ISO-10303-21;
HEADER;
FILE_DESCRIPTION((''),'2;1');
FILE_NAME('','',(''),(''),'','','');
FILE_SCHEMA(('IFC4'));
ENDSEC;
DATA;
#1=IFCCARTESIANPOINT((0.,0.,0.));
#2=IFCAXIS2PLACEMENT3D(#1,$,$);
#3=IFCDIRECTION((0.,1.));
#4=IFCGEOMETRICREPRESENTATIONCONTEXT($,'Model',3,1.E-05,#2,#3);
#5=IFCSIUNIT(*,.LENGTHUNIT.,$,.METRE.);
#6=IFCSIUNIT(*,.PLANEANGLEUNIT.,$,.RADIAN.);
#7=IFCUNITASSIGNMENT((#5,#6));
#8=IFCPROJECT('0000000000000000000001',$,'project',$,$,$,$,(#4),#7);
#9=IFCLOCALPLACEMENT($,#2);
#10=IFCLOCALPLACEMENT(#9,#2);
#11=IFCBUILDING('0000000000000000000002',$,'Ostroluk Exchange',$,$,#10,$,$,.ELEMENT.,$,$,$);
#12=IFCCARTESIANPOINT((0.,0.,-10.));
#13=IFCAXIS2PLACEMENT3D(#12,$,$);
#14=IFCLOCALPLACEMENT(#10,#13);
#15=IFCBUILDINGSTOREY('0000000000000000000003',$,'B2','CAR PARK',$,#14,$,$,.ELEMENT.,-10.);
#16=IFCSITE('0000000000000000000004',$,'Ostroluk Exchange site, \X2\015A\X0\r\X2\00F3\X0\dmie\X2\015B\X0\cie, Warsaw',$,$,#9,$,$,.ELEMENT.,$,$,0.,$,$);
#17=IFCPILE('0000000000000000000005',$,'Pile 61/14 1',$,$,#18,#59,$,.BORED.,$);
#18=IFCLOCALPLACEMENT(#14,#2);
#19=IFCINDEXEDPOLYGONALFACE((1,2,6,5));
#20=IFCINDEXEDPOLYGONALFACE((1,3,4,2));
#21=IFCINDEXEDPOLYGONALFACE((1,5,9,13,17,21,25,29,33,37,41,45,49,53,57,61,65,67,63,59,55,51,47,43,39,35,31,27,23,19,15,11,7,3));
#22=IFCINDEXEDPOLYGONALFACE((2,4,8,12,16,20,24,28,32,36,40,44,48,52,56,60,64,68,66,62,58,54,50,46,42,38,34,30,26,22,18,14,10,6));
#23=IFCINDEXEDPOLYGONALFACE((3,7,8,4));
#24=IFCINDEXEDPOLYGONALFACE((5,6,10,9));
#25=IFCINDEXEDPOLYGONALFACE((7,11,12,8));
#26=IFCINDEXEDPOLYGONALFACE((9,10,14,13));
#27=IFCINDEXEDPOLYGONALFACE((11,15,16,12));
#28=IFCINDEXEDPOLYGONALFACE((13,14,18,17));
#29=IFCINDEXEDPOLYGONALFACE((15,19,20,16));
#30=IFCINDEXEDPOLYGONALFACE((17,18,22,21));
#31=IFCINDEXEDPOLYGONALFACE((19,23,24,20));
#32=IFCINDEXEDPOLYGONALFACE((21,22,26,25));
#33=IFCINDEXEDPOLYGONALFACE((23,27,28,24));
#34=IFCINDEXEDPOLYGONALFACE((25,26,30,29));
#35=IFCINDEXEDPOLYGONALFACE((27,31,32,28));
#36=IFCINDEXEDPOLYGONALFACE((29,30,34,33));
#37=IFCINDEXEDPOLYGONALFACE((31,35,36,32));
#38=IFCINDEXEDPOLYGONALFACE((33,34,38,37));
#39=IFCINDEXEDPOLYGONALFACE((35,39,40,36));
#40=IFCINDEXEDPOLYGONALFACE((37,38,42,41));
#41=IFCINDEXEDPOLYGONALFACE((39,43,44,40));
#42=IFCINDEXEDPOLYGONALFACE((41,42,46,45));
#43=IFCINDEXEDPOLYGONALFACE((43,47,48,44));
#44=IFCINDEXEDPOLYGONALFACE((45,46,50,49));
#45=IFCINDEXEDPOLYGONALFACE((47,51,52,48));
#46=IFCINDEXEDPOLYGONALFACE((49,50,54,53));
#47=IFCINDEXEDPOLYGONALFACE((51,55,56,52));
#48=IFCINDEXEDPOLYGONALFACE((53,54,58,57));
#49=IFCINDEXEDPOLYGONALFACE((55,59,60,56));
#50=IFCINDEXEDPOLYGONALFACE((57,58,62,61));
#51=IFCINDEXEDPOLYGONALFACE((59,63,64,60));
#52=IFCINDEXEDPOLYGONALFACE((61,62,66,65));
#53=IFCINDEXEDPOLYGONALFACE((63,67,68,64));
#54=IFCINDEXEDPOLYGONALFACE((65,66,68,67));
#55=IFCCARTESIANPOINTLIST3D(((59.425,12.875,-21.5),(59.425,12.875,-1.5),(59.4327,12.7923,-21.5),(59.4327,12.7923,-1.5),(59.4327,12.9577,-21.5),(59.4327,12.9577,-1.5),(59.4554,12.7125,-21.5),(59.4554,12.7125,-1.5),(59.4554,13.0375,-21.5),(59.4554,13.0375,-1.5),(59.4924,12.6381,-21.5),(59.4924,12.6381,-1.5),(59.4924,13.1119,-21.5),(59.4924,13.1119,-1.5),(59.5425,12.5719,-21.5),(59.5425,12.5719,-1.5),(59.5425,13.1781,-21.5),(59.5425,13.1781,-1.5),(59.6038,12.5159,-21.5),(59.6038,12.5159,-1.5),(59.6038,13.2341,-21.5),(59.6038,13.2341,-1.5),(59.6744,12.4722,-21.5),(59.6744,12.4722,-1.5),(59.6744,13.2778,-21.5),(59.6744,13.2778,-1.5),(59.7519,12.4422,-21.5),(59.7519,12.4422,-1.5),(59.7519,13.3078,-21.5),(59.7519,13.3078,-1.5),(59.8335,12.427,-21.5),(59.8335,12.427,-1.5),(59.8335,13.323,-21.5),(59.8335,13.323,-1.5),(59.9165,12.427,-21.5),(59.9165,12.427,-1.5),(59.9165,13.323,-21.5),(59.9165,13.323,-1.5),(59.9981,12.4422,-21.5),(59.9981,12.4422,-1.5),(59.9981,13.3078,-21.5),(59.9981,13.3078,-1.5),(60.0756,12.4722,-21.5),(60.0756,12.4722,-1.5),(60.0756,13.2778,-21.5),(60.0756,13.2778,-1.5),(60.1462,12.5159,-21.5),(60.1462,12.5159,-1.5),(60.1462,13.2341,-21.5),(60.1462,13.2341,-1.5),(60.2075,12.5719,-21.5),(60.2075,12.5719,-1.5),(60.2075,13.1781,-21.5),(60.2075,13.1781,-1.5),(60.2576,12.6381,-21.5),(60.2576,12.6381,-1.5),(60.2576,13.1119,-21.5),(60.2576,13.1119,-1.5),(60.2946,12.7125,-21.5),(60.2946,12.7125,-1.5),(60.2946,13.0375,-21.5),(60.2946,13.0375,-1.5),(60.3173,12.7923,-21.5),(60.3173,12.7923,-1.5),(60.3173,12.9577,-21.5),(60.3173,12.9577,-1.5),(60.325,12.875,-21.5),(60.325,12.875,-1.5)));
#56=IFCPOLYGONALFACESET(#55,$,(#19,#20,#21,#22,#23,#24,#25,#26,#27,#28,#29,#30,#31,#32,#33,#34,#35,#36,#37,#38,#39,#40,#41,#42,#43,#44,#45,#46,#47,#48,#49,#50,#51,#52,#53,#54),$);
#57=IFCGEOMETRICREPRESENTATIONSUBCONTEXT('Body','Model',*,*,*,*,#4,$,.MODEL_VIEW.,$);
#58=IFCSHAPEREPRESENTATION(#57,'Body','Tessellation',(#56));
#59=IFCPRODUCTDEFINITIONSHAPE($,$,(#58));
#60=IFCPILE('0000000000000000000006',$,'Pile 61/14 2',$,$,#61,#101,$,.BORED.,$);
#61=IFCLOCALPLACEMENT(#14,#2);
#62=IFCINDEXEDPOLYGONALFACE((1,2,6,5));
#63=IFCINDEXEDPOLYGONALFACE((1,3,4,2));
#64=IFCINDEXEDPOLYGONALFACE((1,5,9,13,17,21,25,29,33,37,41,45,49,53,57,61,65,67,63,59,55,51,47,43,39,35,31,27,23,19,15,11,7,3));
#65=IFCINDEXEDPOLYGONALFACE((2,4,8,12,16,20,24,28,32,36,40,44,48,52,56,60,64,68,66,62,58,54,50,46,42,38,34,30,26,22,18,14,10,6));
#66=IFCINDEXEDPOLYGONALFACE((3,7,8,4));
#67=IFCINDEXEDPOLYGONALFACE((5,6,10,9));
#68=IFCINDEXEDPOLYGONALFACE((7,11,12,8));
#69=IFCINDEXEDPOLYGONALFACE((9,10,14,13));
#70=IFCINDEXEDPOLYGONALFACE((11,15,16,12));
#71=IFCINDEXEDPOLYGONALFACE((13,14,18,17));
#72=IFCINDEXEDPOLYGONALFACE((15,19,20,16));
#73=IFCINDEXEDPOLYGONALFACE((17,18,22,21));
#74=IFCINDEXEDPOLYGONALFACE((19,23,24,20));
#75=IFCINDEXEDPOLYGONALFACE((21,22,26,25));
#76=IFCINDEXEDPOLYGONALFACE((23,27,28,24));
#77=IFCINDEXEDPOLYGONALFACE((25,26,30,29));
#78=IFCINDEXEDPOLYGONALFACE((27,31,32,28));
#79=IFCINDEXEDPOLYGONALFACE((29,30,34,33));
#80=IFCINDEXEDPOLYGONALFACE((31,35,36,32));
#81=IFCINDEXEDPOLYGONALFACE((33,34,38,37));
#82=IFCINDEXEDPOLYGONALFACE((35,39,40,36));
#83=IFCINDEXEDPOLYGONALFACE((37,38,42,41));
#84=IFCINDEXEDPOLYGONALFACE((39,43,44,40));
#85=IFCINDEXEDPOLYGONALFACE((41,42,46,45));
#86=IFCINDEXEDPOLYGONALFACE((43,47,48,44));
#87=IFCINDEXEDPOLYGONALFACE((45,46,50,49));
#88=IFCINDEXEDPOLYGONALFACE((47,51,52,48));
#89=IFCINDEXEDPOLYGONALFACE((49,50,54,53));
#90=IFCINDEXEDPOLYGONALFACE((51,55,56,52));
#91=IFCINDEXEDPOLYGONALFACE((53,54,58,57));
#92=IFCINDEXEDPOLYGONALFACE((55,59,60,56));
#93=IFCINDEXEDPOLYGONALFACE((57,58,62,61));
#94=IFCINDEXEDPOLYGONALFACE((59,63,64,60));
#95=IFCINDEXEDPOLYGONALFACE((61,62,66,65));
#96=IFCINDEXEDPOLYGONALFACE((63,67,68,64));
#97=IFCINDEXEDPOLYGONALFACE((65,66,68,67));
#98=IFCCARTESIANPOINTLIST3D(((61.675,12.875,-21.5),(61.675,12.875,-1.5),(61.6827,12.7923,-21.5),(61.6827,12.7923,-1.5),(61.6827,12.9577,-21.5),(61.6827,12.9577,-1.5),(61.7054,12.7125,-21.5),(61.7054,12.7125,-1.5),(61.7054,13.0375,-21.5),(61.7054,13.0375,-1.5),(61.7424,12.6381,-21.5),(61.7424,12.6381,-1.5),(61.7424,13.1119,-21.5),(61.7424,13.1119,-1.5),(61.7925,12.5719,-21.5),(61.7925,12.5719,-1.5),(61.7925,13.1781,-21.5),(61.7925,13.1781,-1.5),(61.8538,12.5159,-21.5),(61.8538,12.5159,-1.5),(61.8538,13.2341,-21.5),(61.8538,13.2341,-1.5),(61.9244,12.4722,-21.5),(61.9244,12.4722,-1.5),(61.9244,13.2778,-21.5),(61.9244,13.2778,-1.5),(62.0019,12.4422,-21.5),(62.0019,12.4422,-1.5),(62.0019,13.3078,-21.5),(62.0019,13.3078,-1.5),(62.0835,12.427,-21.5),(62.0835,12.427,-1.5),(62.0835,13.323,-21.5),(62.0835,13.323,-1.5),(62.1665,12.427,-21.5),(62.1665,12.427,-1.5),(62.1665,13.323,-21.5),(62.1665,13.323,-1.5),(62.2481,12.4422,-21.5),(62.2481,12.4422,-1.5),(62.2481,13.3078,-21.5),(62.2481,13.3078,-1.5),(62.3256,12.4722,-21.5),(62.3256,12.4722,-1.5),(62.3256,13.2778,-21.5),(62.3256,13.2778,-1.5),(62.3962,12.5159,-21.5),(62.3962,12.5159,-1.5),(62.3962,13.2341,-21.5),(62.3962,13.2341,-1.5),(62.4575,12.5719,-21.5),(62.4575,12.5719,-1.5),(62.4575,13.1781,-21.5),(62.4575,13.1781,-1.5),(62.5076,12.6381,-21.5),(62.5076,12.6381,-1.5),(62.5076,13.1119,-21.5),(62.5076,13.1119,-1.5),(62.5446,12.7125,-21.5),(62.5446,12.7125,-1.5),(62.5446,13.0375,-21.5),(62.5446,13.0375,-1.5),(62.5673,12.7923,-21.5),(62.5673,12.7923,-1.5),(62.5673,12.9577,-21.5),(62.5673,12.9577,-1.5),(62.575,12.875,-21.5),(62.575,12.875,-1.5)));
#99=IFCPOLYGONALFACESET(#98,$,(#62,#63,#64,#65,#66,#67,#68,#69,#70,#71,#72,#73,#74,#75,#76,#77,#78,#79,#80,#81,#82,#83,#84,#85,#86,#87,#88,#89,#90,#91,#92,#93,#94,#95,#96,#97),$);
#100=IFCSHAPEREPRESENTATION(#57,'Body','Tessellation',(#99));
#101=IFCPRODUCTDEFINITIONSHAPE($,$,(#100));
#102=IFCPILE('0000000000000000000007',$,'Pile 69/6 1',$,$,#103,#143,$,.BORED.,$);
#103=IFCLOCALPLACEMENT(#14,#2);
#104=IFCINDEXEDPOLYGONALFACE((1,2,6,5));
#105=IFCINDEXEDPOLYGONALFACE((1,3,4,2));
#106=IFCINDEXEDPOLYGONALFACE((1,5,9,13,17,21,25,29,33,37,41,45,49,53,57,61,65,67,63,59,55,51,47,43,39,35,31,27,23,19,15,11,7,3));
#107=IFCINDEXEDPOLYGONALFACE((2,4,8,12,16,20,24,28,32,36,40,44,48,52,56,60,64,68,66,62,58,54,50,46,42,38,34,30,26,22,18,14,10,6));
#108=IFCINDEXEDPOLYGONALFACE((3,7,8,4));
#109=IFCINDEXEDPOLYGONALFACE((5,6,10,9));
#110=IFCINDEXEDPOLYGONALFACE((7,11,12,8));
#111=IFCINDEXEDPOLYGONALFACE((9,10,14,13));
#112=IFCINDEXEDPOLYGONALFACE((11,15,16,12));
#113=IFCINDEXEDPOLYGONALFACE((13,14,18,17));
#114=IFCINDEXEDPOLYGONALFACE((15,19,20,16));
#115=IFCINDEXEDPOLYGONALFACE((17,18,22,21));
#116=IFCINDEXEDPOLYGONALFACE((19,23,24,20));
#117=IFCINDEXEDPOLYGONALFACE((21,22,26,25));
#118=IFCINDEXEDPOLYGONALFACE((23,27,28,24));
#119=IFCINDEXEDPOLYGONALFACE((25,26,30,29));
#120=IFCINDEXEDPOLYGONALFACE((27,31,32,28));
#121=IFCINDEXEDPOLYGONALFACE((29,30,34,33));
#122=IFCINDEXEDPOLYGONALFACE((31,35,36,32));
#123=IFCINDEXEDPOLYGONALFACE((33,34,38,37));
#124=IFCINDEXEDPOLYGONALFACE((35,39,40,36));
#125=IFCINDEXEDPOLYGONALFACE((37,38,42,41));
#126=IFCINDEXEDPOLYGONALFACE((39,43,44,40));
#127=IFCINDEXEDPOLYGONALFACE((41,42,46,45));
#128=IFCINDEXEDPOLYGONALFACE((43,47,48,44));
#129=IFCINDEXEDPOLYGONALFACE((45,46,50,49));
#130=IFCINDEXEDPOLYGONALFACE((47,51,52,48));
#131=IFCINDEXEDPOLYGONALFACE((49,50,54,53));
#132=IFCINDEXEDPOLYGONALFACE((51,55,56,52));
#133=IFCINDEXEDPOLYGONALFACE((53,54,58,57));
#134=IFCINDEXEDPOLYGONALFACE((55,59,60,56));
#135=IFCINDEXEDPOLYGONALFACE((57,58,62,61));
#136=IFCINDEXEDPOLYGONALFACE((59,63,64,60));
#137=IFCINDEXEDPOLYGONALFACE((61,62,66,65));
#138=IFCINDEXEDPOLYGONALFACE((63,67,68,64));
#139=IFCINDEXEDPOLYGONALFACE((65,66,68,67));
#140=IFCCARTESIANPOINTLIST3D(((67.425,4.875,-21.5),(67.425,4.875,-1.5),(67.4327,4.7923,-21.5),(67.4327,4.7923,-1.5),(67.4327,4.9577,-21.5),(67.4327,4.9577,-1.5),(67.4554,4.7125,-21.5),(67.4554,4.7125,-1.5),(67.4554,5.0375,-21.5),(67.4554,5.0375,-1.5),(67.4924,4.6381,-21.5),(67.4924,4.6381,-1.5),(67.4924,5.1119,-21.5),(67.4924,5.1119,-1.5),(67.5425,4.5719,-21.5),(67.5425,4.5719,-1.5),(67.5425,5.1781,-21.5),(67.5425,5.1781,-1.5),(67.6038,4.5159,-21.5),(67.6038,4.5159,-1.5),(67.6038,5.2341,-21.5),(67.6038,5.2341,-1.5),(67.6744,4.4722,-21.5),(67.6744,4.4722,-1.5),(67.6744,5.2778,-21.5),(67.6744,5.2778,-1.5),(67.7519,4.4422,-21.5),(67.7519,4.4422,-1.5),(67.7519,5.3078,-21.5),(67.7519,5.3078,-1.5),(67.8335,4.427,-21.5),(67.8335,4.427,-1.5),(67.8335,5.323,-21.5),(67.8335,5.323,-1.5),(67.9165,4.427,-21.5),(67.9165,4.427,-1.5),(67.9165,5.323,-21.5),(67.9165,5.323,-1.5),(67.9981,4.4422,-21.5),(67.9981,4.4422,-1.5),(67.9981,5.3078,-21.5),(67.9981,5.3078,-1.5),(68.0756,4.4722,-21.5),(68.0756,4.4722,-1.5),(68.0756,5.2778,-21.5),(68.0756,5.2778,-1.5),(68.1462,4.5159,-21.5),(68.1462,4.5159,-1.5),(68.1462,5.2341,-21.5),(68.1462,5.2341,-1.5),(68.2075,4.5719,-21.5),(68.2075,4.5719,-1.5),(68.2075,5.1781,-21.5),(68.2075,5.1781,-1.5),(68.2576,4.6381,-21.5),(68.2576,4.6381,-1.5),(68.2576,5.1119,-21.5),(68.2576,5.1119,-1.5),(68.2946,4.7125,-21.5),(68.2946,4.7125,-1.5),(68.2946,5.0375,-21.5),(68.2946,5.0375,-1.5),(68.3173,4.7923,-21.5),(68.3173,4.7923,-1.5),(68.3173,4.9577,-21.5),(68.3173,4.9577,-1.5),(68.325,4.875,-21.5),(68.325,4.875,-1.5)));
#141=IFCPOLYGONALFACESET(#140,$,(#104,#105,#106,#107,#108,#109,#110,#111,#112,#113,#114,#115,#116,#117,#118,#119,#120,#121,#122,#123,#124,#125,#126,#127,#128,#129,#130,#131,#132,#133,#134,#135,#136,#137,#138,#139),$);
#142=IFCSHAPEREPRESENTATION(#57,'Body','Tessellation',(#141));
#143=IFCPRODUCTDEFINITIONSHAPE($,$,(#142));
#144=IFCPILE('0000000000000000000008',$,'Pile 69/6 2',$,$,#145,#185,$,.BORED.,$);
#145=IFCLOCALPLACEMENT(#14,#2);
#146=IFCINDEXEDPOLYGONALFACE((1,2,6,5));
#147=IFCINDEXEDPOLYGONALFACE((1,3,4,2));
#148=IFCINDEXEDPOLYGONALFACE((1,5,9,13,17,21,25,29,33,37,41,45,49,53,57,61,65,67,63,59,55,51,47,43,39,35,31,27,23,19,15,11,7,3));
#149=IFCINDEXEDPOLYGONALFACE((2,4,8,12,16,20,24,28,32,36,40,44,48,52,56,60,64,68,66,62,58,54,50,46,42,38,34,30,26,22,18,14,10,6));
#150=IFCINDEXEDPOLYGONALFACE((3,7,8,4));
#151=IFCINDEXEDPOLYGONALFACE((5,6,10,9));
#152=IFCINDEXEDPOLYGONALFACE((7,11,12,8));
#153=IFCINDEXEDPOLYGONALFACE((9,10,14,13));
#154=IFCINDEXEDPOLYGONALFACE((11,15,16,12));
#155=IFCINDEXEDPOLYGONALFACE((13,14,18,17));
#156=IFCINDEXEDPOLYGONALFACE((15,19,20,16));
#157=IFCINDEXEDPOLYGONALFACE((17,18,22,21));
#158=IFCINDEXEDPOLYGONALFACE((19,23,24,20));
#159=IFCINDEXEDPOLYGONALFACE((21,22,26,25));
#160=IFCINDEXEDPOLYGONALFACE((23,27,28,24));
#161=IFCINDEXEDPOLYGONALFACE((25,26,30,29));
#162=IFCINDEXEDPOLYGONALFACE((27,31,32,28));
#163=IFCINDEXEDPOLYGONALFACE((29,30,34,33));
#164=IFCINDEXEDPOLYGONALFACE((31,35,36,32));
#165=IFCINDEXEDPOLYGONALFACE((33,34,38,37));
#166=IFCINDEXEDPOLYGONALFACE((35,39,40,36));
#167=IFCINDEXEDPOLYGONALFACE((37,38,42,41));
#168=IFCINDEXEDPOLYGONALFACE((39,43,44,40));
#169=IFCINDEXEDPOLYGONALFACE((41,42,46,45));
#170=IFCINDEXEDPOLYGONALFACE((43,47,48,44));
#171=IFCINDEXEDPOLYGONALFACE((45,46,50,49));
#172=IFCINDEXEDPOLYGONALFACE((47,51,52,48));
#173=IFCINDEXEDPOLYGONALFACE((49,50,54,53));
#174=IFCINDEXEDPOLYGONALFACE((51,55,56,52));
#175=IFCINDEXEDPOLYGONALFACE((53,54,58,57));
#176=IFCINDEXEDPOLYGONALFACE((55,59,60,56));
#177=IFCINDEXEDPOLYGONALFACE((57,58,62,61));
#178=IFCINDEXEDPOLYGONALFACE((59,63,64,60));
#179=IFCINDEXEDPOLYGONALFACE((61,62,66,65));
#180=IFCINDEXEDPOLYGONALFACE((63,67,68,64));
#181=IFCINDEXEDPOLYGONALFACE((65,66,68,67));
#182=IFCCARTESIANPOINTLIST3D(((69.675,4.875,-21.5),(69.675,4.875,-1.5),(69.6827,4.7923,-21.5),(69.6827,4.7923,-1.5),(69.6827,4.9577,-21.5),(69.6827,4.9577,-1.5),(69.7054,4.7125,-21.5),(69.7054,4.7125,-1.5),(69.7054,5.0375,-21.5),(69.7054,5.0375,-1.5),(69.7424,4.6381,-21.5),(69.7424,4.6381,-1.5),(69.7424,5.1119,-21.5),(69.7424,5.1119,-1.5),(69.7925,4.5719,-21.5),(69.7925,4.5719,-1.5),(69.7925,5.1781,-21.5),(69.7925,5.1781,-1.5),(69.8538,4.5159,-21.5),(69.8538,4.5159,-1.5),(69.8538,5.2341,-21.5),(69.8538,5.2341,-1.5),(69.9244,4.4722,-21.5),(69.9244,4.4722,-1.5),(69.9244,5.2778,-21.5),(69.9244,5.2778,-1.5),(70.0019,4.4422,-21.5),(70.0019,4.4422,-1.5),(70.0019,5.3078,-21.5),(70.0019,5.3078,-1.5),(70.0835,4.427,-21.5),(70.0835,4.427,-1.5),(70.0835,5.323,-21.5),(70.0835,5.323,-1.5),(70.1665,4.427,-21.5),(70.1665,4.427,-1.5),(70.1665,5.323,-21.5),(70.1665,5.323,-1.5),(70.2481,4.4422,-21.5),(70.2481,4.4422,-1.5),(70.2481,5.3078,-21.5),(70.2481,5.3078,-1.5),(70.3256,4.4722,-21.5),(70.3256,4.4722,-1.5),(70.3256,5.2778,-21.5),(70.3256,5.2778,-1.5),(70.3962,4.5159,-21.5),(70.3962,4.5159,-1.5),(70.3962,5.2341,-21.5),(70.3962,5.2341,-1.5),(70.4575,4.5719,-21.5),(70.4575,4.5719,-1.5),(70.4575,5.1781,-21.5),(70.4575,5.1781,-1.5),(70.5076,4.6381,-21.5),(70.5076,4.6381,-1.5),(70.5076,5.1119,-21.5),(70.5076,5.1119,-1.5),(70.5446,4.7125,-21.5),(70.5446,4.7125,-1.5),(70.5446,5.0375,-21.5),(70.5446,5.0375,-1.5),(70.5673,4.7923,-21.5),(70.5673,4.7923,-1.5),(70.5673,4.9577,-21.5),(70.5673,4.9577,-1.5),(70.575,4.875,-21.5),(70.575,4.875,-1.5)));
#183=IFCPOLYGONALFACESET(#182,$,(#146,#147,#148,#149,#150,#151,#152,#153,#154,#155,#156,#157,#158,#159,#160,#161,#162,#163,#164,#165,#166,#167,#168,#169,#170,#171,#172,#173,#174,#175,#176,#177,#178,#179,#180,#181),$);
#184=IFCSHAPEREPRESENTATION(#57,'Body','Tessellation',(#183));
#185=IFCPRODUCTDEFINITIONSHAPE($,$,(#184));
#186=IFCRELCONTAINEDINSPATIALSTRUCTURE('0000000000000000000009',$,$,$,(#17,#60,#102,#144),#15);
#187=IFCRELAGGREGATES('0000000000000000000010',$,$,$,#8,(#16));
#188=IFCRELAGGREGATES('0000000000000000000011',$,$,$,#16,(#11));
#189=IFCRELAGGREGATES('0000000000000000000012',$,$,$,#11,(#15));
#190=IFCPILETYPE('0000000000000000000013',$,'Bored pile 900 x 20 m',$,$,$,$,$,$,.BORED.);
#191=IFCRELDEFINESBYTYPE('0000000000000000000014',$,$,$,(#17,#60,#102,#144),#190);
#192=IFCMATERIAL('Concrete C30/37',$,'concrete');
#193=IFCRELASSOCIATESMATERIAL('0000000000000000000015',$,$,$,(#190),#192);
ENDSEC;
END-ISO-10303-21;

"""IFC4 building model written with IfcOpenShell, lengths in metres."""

from ifc_helpers import new_model, si_unit, direction, frame, origin, origin_2d, place, context, subcontext, project, spatial, circle, extrude, material, type_object, element, save


model = new_model("IFC4")

# Units and contexts
model_context = context("Model", 3, precision=1e-05, world=origin(), true_north=direction((0.0, 1.0)))
body_context = subcontext(model_context, "Body", "Model", "MODEL_VIEW")
ifc_project = project(units=[si_unit("LENGTHUNIT", "METRE"), si_unit("PLANEANGLEUNIT", "RADIAN")], contexts=[model_context])

# Site, building, storey
site_placement = place(None, origin())
site = spatial("IfcSite", under=ifc_project, at=site_placement, Name="Ostroluk Exchange site, Śródmieście, Warsaw", CompositionType="ELEMENT", RefElevation=0.0)
building_placement = place(site_placement, origin())
building = spatial("IfcBuilding", under=site, at=building_placement, Name="Ostroluk Exchange", CompositionType="ELEMENT")
storey_placement = place(building_placement, frame((0.0, 0.0, -10.0)))
storey = spatial("IfcBuildingStorey", under=building, at=storey_placement, Name="B2", Description="CAR PARK", CompositionType="ELEMENT", Elevation=-10.0)

# Piles
ifc_material_1 = material(Name="Concrete C30/37", Category="concrete")
pile_type = type_object("IfcPileType", Name="Bored pile 900 x 20 m", PredefinedType="BORED", material=ifc_material_1)
for number, where, z_axis, x_axis, name in (
    (1, (59.875, 12.875, -1.5), (0.0, 0.0, -1.0), (1.0, 0.0, 0.0), "Pile 61/14 1"),
    (2, (62.125, 12.875, -1.5), (0.0, 0.0, -1.0), (1.0, 0.0, 0.0), "Pile 61/14 2"),
    (3, (67.875, 4.875, -1.5), (0.0, 0.0, -1.0), (1.0, 0.0, 0.0), "Pile 69/6 1"),
    (4, (70.125, 4.875, -1.5), (0.0, 0.0, -1.0), (1.0, 0.0, 0.0), "Pile 69/6 2"),
):
    element("IfcPile", number, at=place(storey_placement, frame(where, z_axis=z_axis, x_axis=x_axis)), inside=storey, type_object=pile_type, Name=name, PredefinedType="BORED", context=body_context, shape_type="SweptSolid", body=[
        extrude(circle(Radius=0.45, at=origin_2d()), origin(), (0.0, 0.0, 1.0), 20.0),
    ])

save(model, "model.ifc")
